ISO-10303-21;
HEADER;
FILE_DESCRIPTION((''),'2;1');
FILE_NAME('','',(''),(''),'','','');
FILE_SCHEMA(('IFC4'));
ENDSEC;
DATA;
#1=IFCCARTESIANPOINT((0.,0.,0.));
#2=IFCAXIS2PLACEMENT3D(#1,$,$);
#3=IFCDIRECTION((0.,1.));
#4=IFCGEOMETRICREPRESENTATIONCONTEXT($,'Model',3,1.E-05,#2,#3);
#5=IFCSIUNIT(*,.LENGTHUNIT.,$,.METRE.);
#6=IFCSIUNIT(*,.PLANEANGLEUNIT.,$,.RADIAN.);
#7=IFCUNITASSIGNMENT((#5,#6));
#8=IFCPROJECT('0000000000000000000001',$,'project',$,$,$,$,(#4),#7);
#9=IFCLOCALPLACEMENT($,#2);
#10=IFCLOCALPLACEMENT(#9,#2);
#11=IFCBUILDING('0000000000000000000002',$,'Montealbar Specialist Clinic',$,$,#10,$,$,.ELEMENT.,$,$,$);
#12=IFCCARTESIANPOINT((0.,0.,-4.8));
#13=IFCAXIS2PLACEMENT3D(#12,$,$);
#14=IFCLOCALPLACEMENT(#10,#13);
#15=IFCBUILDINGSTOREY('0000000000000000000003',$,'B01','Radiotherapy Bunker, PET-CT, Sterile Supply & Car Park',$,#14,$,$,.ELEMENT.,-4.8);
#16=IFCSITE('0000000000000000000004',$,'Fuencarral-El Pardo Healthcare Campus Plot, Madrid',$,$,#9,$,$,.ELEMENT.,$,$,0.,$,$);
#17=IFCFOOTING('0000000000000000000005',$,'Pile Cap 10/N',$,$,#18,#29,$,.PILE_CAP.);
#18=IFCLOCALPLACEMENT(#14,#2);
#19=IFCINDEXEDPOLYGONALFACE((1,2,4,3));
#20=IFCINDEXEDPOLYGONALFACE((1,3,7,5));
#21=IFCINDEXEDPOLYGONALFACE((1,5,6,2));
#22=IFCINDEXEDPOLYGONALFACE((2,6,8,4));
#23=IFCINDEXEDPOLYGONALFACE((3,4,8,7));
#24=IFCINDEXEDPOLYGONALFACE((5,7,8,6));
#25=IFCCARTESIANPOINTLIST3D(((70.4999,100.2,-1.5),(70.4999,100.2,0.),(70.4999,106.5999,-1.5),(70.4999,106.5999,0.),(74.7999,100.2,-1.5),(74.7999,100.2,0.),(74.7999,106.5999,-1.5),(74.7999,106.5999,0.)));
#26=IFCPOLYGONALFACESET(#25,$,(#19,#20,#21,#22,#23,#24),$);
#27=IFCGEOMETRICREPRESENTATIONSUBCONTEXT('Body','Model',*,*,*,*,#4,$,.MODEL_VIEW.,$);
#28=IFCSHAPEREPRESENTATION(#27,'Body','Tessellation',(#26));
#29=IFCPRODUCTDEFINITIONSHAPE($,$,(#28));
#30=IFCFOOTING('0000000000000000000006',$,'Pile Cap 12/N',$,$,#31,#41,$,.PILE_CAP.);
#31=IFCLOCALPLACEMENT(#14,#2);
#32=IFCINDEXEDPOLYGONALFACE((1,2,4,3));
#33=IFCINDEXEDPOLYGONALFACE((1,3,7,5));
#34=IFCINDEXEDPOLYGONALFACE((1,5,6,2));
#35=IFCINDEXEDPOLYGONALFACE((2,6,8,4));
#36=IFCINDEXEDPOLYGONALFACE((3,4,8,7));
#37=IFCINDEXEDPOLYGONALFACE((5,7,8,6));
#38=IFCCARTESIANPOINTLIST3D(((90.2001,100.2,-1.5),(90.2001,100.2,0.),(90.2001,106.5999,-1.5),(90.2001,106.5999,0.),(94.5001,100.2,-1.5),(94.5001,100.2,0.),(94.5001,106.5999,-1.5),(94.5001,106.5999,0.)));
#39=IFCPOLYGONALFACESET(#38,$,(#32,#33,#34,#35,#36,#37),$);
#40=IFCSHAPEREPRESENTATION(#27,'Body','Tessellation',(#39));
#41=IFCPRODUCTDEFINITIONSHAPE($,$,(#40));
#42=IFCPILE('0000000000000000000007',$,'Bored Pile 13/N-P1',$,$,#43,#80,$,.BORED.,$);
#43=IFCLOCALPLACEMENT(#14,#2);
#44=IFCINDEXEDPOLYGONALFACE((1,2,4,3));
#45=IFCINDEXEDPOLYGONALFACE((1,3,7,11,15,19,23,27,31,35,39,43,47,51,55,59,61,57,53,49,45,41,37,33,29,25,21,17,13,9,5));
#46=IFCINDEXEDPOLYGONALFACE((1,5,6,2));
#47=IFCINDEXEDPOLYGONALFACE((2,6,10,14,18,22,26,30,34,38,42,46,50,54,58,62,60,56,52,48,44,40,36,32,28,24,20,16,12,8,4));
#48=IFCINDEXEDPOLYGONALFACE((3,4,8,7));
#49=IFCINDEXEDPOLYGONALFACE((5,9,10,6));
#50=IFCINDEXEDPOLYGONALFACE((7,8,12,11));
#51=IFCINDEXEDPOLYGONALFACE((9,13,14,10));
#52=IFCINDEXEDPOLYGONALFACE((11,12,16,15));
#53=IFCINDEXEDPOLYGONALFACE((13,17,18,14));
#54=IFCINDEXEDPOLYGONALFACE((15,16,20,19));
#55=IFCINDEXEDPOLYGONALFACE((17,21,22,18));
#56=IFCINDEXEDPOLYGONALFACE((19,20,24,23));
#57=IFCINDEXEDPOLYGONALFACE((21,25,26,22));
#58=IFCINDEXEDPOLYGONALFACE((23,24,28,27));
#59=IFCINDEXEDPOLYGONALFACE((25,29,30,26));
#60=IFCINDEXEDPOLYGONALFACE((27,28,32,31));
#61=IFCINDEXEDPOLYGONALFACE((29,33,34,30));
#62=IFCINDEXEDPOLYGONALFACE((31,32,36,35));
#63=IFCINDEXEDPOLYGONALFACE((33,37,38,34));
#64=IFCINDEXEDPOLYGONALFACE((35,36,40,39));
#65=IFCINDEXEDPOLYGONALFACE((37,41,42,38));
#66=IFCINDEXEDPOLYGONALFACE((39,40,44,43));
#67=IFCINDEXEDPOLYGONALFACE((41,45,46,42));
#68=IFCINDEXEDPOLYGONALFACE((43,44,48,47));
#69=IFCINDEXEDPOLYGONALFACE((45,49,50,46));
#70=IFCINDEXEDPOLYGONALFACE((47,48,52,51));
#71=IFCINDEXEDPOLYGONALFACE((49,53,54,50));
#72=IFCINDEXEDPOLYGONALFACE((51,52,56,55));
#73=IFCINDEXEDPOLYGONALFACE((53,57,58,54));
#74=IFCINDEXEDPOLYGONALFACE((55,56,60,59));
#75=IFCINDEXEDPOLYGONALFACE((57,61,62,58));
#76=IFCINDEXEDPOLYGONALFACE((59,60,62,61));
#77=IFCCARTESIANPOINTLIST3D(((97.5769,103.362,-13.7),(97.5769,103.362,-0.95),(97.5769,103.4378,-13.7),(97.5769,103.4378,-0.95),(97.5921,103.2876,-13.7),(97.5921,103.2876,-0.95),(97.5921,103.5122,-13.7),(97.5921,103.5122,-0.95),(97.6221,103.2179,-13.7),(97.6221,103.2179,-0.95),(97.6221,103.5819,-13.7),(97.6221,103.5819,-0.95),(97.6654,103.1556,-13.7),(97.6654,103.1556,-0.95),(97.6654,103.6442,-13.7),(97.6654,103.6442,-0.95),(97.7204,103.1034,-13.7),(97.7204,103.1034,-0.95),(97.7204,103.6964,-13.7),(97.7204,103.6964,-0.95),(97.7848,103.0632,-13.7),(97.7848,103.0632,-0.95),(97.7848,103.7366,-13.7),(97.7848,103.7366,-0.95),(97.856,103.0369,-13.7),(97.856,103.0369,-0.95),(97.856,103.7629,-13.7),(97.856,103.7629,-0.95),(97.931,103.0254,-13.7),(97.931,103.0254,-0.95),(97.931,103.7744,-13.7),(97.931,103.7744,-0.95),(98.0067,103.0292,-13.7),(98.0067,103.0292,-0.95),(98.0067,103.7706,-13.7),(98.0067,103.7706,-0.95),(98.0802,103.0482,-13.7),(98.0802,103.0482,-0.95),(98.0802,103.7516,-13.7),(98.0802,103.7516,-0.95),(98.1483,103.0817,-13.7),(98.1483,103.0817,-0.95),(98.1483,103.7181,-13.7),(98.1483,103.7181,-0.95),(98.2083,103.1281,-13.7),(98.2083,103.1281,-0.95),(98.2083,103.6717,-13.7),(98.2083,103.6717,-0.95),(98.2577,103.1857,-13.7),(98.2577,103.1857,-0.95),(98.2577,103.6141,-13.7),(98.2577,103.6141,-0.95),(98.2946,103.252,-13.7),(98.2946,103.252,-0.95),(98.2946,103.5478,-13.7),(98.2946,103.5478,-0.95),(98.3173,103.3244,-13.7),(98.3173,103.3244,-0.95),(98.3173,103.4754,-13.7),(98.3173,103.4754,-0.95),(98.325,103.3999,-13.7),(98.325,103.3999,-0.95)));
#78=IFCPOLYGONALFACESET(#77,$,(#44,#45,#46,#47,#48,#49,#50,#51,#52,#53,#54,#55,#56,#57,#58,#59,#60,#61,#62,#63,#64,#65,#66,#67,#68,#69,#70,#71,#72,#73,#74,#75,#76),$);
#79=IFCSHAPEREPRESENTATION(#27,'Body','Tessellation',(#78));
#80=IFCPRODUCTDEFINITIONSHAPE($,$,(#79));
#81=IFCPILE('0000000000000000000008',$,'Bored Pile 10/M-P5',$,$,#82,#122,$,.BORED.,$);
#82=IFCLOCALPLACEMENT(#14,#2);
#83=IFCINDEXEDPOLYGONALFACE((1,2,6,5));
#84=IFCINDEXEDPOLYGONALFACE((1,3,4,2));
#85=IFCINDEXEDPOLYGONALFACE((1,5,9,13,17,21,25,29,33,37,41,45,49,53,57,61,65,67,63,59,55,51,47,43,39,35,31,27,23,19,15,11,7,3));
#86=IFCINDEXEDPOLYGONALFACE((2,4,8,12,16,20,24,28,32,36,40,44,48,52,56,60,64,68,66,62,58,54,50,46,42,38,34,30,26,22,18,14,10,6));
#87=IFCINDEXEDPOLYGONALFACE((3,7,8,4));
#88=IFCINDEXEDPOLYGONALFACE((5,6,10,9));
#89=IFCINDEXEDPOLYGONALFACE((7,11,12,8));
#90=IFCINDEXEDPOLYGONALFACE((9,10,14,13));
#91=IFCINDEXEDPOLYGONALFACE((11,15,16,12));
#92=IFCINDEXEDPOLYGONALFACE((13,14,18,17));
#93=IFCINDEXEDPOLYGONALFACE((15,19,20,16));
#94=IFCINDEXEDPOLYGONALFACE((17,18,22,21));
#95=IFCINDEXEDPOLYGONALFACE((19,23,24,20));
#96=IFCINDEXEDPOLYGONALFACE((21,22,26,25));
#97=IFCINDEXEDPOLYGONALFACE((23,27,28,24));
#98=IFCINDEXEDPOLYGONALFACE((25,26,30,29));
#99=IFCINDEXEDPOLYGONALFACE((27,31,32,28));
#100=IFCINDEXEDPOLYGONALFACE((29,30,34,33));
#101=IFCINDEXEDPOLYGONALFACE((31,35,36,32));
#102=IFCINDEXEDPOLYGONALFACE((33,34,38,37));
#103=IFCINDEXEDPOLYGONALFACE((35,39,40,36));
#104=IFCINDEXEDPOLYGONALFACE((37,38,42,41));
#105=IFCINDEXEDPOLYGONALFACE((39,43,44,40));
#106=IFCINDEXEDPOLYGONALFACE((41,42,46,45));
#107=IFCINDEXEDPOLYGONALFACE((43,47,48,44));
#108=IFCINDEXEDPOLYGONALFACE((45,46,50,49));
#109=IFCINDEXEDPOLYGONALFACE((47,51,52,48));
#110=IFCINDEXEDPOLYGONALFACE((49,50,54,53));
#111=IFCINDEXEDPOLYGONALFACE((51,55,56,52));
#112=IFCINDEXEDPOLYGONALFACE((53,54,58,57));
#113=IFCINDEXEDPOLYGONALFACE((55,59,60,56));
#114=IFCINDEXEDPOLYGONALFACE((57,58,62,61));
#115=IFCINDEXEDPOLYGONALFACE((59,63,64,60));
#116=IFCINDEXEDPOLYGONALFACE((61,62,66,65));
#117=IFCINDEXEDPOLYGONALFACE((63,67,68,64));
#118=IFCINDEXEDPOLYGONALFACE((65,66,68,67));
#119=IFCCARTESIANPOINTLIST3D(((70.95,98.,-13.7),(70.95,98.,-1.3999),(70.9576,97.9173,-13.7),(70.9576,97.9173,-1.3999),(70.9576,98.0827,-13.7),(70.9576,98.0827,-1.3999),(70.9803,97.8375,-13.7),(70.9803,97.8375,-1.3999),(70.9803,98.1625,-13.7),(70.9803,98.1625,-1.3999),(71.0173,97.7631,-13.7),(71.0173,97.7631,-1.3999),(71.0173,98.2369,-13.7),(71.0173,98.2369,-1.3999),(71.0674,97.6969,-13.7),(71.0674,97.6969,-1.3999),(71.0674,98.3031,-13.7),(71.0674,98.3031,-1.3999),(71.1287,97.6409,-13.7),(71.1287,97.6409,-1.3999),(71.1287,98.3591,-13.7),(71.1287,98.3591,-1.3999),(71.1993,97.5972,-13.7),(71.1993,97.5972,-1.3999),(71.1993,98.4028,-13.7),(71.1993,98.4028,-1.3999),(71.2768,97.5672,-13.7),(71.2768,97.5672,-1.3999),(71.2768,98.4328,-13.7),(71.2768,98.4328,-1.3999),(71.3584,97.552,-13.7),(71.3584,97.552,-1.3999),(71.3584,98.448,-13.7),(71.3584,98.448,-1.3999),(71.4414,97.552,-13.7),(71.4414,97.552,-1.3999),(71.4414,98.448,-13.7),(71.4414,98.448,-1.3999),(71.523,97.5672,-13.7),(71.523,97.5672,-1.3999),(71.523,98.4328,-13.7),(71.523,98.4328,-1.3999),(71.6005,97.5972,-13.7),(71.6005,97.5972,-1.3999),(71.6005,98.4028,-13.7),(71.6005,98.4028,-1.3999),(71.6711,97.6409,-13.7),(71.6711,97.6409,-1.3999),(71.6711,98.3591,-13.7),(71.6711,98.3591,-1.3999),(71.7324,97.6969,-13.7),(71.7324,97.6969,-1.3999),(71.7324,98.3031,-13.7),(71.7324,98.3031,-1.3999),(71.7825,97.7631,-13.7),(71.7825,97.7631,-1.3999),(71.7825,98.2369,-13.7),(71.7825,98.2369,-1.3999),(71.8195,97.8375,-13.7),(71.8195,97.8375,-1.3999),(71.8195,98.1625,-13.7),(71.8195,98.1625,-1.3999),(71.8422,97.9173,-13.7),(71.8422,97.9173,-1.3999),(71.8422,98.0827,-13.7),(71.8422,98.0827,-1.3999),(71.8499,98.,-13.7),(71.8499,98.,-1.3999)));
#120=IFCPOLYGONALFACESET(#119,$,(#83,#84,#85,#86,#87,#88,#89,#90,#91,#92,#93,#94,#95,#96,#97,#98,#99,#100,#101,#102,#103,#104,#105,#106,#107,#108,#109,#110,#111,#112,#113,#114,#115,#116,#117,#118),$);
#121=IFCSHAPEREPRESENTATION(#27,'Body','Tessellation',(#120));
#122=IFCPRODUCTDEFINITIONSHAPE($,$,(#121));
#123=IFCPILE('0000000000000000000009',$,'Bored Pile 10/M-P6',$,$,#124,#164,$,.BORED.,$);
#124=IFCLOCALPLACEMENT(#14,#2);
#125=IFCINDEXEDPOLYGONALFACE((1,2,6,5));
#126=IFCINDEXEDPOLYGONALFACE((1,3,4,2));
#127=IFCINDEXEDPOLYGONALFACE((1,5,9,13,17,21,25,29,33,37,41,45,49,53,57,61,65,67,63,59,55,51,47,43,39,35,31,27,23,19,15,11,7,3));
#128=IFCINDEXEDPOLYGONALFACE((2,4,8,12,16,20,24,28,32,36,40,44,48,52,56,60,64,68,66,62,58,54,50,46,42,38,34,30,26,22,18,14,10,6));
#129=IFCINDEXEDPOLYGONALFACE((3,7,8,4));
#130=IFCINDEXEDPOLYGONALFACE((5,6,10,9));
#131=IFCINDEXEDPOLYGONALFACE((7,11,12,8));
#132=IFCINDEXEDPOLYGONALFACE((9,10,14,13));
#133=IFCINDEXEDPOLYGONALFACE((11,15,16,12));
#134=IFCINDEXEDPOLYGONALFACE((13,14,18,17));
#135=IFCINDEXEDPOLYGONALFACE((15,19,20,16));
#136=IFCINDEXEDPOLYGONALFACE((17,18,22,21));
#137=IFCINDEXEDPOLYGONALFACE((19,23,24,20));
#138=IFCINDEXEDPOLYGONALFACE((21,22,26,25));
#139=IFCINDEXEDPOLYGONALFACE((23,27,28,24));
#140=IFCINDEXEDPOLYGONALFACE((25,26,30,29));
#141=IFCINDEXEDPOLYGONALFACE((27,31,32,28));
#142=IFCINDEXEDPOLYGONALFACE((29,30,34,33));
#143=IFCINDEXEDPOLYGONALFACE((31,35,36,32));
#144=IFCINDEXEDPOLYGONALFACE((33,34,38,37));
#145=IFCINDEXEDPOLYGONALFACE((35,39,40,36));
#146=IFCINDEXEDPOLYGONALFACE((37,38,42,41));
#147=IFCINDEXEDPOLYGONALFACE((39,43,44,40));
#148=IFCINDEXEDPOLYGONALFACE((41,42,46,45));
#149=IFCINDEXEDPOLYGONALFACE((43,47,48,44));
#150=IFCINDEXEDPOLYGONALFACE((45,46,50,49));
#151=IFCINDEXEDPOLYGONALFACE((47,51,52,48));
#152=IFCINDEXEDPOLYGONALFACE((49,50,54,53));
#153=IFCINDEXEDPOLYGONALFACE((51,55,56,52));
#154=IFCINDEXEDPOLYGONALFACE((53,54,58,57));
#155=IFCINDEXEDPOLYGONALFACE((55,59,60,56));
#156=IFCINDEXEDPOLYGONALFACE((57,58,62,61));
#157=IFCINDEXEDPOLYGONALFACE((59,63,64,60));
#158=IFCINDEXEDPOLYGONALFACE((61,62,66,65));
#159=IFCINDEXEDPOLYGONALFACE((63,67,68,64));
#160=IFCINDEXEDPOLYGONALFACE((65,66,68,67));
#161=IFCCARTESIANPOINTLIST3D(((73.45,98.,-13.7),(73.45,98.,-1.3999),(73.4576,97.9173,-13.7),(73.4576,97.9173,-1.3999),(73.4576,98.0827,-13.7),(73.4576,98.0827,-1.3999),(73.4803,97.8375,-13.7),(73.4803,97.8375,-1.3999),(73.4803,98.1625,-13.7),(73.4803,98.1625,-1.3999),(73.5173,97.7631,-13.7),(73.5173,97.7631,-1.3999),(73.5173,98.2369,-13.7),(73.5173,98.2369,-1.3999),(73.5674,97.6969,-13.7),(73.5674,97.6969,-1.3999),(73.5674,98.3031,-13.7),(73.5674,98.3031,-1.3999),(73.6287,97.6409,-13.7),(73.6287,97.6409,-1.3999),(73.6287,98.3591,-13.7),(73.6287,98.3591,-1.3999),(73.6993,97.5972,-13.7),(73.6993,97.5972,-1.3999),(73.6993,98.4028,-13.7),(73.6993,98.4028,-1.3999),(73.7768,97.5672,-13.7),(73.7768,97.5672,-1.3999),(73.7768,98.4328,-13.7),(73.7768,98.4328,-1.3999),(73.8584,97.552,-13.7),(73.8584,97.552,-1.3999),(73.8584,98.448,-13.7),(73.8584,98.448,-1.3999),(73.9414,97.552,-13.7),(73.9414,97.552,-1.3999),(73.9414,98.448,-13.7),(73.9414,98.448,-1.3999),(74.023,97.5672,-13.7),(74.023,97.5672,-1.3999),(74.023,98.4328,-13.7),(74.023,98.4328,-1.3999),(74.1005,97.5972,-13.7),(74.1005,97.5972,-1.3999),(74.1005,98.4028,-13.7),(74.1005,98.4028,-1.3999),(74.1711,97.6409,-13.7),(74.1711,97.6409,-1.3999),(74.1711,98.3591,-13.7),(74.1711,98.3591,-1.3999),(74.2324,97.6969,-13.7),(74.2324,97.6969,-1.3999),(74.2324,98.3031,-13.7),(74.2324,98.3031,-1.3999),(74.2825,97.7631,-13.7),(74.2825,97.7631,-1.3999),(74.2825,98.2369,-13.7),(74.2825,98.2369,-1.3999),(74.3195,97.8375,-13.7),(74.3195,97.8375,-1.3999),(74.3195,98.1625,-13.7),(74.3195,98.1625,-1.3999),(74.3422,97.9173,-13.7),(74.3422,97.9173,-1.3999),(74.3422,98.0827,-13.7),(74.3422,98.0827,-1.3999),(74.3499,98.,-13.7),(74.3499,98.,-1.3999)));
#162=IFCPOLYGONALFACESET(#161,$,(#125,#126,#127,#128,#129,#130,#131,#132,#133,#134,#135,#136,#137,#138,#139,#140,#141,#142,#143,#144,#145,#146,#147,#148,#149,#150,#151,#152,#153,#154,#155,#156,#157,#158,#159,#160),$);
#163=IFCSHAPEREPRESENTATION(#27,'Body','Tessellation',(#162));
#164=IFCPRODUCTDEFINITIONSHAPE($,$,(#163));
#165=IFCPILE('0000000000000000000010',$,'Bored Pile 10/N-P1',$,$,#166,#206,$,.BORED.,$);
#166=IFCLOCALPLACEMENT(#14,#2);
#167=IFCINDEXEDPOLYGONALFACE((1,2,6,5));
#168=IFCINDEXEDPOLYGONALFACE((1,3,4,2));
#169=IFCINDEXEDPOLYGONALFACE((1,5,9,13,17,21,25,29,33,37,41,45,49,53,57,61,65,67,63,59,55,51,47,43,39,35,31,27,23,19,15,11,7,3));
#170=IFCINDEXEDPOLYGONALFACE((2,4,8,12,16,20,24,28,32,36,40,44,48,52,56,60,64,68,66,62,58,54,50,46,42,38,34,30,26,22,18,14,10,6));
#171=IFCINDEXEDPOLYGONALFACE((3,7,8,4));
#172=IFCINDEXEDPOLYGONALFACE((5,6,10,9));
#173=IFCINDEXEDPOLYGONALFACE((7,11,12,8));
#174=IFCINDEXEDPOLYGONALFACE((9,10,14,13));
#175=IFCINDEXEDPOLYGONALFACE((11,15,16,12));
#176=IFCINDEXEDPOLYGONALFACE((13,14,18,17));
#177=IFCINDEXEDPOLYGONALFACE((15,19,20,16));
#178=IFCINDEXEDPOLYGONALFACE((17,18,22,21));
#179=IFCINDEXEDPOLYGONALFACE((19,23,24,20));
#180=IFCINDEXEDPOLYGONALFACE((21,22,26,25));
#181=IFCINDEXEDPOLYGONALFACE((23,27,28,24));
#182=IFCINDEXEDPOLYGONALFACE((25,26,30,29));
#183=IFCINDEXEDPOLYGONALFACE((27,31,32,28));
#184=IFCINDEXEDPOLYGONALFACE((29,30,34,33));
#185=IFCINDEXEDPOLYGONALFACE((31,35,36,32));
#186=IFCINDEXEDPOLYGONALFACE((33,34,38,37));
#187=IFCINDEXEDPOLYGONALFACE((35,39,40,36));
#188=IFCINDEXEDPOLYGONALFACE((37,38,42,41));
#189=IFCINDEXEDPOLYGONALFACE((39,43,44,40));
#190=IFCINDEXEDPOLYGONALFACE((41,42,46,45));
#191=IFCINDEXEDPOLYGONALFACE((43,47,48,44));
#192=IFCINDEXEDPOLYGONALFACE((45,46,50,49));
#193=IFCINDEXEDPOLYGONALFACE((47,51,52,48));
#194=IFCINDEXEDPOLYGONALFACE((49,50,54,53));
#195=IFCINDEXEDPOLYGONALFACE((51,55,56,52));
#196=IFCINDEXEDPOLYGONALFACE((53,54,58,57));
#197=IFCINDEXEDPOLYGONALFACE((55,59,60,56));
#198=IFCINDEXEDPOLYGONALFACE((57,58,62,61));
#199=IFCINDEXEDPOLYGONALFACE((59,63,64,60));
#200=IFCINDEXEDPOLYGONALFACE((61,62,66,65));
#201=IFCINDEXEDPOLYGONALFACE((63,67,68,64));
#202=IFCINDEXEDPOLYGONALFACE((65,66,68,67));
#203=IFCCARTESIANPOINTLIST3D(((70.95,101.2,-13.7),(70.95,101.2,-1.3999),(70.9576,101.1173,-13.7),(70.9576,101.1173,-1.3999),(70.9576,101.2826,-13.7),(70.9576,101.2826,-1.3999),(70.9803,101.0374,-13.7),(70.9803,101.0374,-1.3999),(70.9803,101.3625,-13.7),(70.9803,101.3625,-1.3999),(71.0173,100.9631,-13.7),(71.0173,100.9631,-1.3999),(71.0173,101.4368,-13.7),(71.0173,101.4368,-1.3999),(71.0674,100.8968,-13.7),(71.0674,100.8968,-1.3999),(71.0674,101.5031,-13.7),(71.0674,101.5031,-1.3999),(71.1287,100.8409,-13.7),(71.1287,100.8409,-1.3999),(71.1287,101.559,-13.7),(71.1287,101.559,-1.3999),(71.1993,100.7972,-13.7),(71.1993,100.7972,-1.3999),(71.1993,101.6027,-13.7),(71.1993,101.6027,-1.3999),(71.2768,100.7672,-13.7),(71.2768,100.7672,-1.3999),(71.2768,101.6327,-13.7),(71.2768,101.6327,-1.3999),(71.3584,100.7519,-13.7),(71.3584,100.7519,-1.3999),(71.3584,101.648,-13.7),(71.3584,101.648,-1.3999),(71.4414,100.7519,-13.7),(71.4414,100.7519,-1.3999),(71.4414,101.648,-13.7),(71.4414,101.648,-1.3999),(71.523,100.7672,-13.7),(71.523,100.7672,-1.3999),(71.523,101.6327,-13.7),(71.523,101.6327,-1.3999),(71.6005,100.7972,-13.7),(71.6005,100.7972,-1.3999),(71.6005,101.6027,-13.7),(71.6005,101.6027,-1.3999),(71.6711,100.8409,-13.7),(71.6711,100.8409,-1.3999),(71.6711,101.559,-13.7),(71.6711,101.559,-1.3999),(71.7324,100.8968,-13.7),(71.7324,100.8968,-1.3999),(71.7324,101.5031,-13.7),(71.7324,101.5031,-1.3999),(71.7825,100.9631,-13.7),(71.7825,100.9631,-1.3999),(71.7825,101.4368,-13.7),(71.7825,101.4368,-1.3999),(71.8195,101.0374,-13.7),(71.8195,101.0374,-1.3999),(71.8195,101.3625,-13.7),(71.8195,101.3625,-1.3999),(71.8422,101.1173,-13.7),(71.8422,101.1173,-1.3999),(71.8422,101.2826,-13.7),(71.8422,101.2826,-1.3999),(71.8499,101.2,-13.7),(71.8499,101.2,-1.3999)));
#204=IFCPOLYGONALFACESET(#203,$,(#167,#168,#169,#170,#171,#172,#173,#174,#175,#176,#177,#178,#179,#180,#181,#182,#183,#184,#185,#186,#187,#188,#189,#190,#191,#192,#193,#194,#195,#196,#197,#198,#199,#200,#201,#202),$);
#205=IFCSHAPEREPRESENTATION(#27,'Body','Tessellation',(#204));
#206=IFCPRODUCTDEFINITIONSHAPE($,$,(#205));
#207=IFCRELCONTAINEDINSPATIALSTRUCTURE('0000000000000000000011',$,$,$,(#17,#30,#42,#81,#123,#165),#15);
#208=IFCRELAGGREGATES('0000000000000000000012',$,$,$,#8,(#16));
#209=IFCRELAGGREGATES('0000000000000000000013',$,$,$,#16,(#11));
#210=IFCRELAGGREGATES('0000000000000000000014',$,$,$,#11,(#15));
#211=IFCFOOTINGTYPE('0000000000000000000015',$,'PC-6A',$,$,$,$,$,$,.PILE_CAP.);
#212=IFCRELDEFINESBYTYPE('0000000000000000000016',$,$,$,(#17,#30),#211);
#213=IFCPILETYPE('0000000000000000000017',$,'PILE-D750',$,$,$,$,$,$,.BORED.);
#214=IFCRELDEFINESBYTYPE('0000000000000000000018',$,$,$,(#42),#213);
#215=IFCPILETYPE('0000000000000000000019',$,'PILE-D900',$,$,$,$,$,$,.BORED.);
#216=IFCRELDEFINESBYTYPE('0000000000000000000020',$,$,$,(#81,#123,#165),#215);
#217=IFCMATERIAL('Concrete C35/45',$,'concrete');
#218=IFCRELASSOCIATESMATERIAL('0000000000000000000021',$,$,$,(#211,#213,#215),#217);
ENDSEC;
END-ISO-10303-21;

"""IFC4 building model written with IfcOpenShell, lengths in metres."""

from ifc_helpers import new_model, si_unit, direction, frame, origin, origin_2d, place, context, subcontext, project, spatial, rectangle, circle, extrude, material, material_profile, profile_set, type_object, element, save


model = new_model("IFC4")

# Units and contexts
model_context = context("Model", 3, precision=1e-05, world=origin(), true_north=direction((0.0, 1.0)))
body_context = subcontext(model_context, "Body", "Model", "MODEL_VIEW")
ifc_project = project(units=[si_unit("LENGTHUNIT", "METRE"), si_unit("PLANEANGLEUNIT", "RADIAN")], contexts=[model_context])

# Site, building, storey
site_placement = place(None, origin())
site = spatial("IfcSite", under=ifc_project, at=site_placement, Name="Fuencarral-El Pardo Healthcare Campus Plot, Madrid", CompositionType="ELEMENT", RefElevation=0.0)
building_placement = place(site_placement, origin())
building = spatial("IfcBuilding", under=site, at=building_placement, Name="Montealbar Specialist Clinic", CompositionType="ELEMENT")
storey_placement = place(building_placement, frame((0.0, 0.0, -4.8)))
storey = spatial("IfcBuildingStorey", under=building, at=storey_placement, Name="B01", Description="Radiotherapy Bunker, PET-CT, Sterile Supply & Car Park", CompositionType="ELEMENT", Elevation=-4.8)

# Footings
ifc_material_1 = material(Name="Concrete C35/45", Category="concrete")
footing_type = type_object("IfcFootingType", Name="PC-6A", PredefinedType="PILE_CAP", material=ifc_material_1)
for number, where, z_axis, x_axis, name in (
    (1, (72.6499, 103.3999, -1.5), (0.0, 0.0, 1.0), (1.0, 0.0, 0.0), "Pile Cap 10/N"),
    (2, (92.3501, 103.3999, -1.5), (0.0, 0.0, 1.0), (1.0, 0.0, 0.0), "Pile Cap 12/N"),
):
    element("IfcFooting", number, at=place(storey_placement, frame(where, z_axis=z_axis, x_axis=x_axis)), inside=storey, type_object=footing_type, Name=name, PredefinedType="PILE_CAP", context=body_context, shape_type="SweptSolid", body=[
        extrude(rectangle(XDim=4.3, YDim=6.3999, at=origin_2d()), origin(), (0.0, 0.0, 1.0), 1.5),
    ])

# Piles
ifc_material_profile_1 = material_profile(ifc_material_1, circle(Radius=0.375, at=origin_2d()), Name="PILE D750", Category="concrete")
ifc_profile_set_1 = profile_set([ifc_material_profile_1], Name="Concrete C35/45")
pile_type_1 = type_object("IfcPileType", Name="PILE-D750", PredefinedType="BORED", material=ifc_profile_set_1)
pile_placement = place(storey_placement, frame((97.95, 103.3999, -0.95), z_axis=(0.0, 0.0, -1.0), x_axis=(1.0, 0.0, 0.0)))
element("IfcPile", 3, at=pile_placement, inside=storey, type_object=pile_type_1, Name="Bored Pile 13/N-P1", PredefinedType="BORED", context=body_context, shape_type="SweptSolid", body=[
    extrude(circle(Radius=0.375, at=origin_2d()), origin(), (0.0, 0.0, 1.0), 12.75),
])
ifc_material_profile_2 = material_profile(ifc_material_1, circle(Radius=0.45, at=origin_2d()), Name="PILE D900", Category="concrete")
ifc_profile_set_2 = profile_set([ifc_material_profile_2], Name="Concrete C35/45")
pile_type_2 = type_object("IfcPileType", Name="PILE-D900", PredefinedType="BORED", material=ifc_profile_set_2)
for number, where, z_axis, x_axis, name in (
    (4, (71.3999, 98.0, -1.3999), (0.0, 0.0, -1.0), (1.0, 0.0, 0.0), "Bored Pile 10/M-P5"),
    (5, (73.8999, 98.0, -1.3999), (0.0, 0.0, -1.0), (1.0, 0.0, 0.0), "Bored Pile 10/M-P6"),
    (6, (71.3999, 101.2, -1.3999), (0.0, 0.0, -1.0), (1.0, 0.0, 0.0), "Bored Pile 10/N-P1"),
):
    element("IfcPile", number, at=place(storey_placement, frame(where, z_axis=z_axis, x_axis=x_axis)), inside=storey, type_object=pile_type_2, Name=name, PredefinedType="BORED", context=body_context, shape_type="SweptSolid", body=[
        extrude(circle(Radius=0.45, at=origin_2d()), origin(), (0.0, 0.0, 1.0), 12.3),
    ])

save(model, "model.ifc")
